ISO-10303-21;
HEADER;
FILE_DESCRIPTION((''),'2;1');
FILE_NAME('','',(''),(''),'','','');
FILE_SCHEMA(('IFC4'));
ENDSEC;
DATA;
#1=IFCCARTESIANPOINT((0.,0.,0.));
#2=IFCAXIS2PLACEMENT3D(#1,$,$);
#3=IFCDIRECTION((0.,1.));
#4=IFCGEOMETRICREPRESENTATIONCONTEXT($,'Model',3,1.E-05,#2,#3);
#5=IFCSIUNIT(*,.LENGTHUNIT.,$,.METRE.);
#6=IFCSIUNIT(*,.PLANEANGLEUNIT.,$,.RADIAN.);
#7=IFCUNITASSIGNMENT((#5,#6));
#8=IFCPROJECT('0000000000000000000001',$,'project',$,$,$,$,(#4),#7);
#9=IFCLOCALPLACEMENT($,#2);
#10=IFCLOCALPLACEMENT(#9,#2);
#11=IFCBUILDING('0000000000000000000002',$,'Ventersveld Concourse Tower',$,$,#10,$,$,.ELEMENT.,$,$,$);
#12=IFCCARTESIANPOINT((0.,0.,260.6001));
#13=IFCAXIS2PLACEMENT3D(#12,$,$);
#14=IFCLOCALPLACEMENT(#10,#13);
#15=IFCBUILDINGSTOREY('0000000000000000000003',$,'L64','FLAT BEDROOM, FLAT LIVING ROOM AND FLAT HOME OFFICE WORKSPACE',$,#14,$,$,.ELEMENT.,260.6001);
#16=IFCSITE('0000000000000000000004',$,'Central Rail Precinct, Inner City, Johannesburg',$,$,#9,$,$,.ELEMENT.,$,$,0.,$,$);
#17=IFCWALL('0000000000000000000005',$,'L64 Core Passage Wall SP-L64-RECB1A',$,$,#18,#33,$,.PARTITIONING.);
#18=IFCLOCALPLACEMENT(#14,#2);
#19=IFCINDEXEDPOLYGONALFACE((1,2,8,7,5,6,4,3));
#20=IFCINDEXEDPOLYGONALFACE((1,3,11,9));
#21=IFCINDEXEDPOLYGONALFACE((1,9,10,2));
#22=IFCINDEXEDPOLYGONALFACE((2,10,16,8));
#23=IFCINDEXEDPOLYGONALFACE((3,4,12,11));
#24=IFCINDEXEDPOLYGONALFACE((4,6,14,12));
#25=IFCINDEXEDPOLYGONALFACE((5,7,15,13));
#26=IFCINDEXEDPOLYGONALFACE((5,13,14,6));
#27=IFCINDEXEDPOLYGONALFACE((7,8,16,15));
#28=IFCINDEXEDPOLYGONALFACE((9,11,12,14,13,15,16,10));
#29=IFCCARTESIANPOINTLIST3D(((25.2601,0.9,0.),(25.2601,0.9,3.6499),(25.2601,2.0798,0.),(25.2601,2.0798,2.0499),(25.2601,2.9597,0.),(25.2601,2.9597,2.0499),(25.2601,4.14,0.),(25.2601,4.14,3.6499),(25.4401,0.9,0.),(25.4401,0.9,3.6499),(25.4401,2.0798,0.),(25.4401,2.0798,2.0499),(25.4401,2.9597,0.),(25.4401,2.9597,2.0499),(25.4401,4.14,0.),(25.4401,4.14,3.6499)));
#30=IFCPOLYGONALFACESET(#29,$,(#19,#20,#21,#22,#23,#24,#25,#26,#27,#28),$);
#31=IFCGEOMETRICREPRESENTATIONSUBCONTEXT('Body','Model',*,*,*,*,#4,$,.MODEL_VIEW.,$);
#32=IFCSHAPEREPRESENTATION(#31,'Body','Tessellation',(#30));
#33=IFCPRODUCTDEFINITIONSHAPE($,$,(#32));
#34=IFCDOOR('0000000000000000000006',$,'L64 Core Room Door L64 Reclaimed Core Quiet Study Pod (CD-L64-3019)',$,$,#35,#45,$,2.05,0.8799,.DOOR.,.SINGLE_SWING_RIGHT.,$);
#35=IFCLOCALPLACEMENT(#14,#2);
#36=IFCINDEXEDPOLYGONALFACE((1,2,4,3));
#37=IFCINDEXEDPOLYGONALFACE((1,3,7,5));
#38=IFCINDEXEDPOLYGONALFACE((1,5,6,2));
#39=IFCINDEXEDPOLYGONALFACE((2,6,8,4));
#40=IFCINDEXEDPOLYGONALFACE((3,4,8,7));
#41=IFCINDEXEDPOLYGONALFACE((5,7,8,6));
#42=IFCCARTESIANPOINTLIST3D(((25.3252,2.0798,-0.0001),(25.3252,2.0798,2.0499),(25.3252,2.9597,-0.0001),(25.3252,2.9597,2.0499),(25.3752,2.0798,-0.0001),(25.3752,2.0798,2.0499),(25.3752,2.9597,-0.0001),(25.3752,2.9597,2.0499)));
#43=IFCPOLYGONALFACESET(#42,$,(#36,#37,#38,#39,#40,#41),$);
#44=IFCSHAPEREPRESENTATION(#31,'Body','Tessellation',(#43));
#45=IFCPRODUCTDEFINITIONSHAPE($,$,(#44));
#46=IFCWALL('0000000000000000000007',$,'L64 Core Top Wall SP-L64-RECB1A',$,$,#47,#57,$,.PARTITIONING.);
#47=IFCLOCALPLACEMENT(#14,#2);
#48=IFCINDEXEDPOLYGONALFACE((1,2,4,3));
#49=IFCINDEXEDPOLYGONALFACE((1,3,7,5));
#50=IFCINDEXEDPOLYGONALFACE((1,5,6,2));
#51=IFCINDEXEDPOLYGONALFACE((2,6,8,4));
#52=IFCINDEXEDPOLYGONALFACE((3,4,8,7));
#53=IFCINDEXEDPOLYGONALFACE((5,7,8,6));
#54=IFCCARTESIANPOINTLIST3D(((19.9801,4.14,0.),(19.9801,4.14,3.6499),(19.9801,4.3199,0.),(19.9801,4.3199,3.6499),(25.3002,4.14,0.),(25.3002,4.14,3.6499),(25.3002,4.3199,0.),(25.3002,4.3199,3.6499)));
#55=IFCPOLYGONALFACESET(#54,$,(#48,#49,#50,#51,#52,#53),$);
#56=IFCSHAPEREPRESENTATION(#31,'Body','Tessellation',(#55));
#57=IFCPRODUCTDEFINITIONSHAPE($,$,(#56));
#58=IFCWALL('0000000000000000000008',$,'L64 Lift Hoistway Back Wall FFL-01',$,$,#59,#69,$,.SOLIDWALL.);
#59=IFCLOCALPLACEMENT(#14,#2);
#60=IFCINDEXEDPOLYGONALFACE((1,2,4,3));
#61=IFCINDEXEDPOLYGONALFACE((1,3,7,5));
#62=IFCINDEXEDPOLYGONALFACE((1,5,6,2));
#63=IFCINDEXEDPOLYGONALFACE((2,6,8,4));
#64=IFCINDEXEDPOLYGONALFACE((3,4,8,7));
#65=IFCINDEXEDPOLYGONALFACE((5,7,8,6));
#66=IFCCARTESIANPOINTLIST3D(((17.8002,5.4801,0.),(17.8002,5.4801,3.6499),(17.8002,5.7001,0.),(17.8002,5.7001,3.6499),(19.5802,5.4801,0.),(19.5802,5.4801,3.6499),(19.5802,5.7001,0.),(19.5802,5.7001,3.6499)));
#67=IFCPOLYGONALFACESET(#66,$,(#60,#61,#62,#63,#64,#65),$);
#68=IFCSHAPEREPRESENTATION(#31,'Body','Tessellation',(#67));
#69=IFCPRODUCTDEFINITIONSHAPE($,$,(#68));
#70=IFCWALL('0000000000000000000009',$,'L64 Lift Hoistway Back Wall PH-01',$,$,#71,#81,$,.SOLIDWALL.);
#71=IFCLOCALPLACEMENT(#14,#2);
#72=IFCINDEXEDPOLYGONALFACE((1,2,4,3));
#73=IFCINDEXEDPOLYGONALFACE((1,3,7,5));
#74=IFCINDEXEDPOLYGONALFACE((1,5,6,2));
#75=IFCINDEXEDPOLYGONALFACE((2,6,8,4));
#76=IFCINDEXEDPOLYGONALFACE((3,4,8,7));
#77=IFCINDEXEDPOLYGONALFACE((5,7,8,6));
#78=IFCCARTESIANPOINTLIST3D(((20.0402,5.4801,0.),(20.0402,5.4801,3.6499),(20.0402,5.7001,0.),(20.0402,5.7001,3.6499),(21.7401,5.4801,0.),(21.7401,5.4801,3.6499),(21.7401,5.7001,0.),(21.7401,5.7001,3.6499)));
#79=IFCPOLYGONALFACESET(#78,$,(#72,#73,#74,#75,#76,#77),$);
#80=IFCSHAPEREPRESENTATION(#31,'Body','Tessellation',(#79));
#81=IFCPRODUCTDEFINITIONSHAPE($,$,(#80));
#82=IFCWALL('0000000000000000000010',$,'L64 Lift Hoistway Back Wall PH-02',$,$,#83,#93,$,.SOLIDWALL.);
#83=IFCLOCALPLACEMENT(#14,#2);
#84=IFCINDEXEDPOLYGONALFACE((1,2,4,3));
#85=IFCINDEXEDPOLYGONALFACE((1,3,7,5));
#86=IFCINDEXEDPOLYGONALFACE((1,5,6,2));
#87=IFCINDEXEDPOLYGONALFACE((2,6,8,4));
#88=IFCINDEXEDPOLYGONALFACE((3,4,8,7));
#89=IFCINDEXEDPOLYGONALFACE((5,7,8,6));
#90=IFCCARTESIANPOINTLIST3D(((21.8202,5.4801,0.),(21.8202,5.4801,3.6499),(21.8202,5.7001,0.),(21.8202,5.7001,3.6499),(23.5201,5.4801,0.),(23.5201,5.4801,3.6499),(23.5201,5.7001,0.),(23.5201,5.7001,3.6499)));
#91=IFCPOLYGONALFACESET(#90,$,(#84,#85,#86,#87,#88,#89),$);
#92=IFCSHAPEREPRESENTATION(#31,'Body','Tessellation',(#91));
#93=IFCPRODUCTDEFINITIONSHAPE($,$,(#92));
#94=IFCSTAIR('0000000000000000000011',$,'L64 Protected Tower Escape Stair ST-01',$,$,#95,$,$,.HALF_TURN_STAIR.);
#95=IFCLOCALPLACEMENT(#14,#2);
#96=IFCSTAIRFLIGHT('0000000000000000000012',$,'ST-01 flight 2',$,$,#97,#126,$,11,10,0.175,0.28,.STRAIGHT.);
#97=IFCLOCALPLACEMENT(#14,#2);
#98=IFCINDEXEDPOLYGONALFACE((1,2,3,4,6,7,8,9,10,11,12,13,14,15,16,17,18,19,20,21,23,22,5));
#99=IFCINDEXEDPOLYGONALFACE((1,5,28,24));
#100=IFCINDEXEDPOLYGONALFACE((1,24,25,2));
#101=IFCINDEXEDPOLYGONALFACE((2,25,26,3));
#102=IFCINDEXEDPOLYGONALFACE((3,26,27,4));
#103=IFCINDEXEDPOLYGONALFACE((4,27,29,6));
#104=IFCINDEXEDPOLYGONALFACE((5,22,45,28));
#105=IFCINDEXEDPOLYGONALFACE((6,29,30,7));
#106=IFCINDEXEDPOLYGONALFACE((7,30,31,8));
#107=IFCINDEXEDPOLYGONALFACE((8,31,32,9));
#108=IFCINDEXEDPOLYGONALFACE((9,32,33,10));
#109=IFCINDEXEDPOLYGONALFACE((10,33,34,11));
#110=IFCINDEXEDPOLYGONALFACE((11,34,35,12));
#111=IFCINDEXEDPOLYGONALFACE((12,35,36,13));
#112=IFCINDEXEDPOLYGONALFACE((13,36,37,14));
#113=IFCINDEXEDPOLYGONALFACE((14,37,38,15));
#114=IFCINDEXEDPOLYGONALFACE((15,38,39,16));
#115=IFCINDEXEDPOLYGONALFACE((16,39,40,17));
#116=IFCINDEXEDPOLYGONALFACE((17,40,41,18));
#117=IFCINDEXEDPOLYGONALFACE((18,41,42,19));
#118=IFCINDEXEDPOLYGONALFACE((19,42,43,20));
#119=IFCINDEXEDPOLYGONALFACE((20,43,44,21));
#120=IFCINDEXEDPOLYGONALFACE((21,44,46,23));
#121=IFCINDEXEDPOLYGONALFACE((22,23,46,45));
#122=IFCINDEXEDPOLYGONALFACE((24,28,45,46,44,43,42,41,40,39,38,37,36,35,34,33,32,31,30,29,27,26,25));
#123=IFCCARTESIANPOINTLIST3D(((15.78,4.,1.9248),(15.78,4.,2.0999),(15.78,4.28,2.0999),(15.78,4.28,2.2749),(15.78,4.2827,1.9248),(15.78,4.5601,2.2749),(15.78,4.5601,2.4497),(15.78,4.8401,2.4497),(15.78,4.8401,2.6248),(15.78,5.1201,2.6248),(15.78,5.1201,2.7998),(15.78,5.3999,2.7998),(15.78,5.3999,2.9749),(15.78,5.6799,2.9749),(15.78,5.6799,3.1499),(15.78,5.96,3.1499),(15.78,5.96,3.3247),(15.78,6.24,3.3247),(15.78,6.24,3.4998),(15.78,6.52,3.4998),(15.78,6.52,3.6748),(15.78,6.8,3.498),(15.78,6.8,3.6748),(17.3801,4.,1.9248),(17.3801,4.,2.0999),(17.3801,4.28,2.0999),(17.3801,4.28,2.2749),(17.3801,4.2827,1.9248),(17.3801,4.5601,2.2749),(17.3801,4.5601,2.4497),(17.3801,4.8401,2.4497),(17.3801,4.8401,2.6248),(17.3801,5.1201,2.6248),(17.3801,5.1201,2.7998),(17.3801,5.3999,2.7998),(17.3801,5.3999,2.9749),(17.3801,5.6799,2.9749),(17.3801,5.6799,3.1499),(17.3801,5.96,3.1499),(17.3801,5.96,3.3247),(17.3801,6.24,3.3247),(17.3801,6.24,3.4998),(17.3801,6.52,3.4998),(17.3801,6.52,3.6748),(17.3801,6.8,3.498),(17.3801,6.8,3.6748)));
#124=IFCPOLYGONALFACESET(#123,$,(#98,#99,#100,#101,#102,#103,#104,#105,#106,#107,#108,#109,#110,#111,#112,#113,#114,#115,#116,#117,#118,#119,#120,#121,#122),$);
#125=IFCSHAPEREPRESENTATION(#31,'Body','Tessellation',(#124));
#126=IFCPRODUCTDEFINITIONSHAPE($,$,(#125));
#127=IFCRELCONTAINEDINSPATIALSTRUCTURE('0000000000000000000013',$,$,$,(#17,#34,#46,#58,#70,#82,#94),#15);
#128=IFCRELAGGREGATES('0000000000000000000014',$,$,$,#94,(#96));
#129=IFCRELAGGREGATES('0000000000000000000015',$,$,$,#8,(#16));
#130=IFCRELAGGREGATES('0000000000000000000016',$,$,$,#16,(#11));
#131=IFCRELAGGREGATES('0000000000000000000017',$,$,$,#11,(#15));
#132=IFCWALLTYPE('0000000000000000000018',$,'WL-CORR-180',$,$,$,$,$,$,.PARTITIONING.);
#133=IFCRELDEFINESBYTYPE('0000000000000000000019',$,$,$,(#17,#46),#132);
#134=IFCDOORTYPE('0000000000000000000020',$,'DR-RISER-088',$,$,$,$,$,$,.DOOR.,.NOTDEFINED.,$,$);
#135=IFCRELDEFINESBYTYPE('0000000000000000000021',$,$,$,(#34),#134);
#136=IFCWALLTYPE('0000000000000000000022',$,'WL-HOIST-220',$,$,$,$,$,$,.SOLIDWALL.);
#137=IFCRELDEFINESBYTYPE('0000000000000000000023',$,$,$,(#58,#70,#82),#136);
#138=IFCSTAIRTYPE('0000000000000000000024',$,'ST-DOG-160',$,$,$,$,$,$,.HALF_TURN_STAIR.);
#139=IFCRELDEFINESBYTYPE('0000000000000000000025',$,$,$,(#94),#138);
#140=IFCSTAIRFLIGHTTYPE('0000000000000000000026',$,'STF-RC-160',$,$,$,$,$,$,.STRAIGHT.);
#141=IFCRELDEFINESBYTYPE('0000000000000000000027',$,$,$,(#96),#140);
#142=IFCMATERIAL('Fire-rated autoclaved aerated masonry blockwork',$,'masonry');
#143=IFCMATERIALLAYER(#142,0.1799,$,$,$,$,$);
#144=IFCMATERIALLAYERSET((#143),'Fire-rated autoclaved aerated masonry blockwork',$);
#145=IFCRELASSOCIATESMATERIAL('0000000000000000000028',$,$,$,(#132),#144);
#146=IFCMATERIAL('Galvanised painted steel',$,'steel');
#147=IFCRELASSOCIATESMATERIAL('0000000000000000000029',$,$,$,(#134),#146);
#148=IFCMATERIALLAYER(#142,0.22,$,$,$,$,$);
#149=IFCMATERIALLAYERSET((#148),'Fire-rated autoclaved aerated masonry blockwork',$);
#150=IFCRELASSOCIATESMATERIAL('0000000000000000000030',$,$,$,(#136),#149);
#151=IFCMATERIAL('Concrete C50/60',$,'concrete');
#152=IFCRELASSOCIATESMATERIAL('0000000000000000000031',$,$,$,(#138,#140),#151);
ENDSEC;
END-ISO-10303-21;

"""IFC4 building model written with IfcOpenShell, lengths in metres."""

from ifc_helpers import new_model, si_unit, direction, frame, frame_2d, origin, place, context, subcontext, project, spatial, polyline, rectangle, outline, extrude, material, layer, layer_set, type_object, element, fill, aggregate, save


model = new_model("IFC4")

# Units and contexts
model_context = context("Model", 3, precision=1e-05, world=origin(), true_north=direction((0.0, 1.0)))
body_context = subcontext(model_context, "Body", "Model", "MODEL_VIEW")
ifc_project = project(units=[si_unit("LENGTHUNIT", "METRE"), si_unit("PLANEANGLEUNIT", "RADIAN")], contexts=[model_context])

# Site, building, storey
site_placement = place(None, origin())
site = spatial("IfcSite", under=ifc_project, at=site_placement, Name="Central Rail Precinct, Inner City, Johannesburg", CompositionType="ELEMENT", RefElevation=0.0)
building_placement = place(site_placement, origin())
building = spatial("IfcBuilding", under=site, at=building_placement, Name="Ventersveld Concourse Tower", CompositionType="ELEMENT")
storey_placement = place(building_placement, frame((0.0, 0.0, 260.6001)))
storey = spatial("IfcBuildingStorey", under=building, at=storey_placement, Name="L64", Description="FLAT BEDROOM, FLAT LIVING ROOM AND FLAT HOME OFFICE WORKSPACE", CompositionType="ELEMENT", Elevation=260.6001)

# Shared definitions
ifc_material_1 = material(Name="Concrete C50/60", Category="concrete")

# Wall, opening, door
ifc_material_2 = material(Name="Fire-rated autoclaved aerated masonry blockwork", Category="masonry")
ifc_layer_1 = layer(ifc_material_2, 0.1799)
ifc_layer_set_1 = layer_set([ifc_layer_1], Name="Fire-rated autoclaved aerated masonry blockwork")
wall_type_1 = type_object("IfcWallType", Name="WL-CORR-180", PredefinedType="PARTITIONING", material=ifc_layer_set_1)
wall_1_placement = place(storey_placement, frame((25.3501, 0.8999, 0.0), z_axis=(0.0, 0.0, 1.0), x_axis=(0.0, 1.0, 0.0)))
wall_1 = element("IfcWall", 1, at=wall_1_placement, inside=storey, type_object=wall_type_1, Name="L64 Core Passage Wall SP-L64-RECB1A", PredefinedType="PARTITIONING", context=body_context, shape_type="SweptSolid", body=[
    extrude(rectangle(XDim=3.24, YDim=0.1799, at=frame_2d((1.6201, 0.0))), origin(), (0.0, 0.0, 1.0), 3.6499),
])
opening_placement = place(wall_1_placement, frame((1.1799, 0.0, 0.0)))
opening = element("IfcOpeningElement", 2, at=opening_placement, cuts=wall_1, PredefinedType="OPENING", context=body_context, shape_type="SweptSolid", body=[
    extrude(rectangle(XDim=0.8799, YDim=2.05, at=frame_2d((0.4399, 1.0249))), frame((0.0, 0.1001, 0.0), z_axis=(0.0, -1.0, 0.0), x_axis=(1.0, 0.0, 0.0)), (0.0, 0.0, 1.0), 0.2),
])
ifc_material_3 = material(Name="Galvanised painted steel", Category="steel")
door_type = type_object("IfcDoorType", Name="DR-RISER-088", OperationType="NOTDEFINED", PredefinedType="DOOR", material=ifc_material_3)
door_placement = place(opening_placement, origin())
door = element("IfcDoor", 3, at=door_placement, inside=storey, type_object=door_type, Name="L64 Core Room Door L64 Reclaimed Core Quiet Study Pod (CD-L64-3019)", OperationType="SINGLE_SWING_RIGHT", OverallHeight=2.05, OverallWidth=0.8799, PredefinedType="DOOR", context=body_context, shape_type="SweptSolid", body=[
    extrude(rectangle(XDim=0.8799, YDim=2.05, at=frame_2d((0.4399, 1.0249))), frame((0.0, 0.0249, 0.0), z_axis=(0.0, -1.0, 0.0), x_axis=(1.0, 0.0, 0.0)), (0.0, 0.0, 1.0), 0.05),
])
fill(opening, door)

# Walls
wall_2_placement = place(storey_placement, frame((19.98, 4.23, 0.0), z_axis=(0.0, 0.0, 1.0), x_axis=(1.0, 0.0, 0.0)))
element("IfcWall", 4, at=wall_2_placement, inside=storey, type_object=wall_type_1, Name="L64 Core Top Wall SP-L64-RECB1A", PredefinedType="PARTITIONING", context=body_context, shape_type="SweptSolid", body=[
    extrude(rectangle(XDim=5.3201, YDim=0.1799, at=frame_2d((2.6602, 0.0))), origin(), (0.0, 0.0, 1.0), 3.6499),
])
ifc_layer_2 = layer(ifc_material_2, 0.22)
ifc_layer_set_2 = layer_set([ifc_layer_2], Name="Fire-rated autoclaved aerated masonry blockwork")
wall_type_2 = type_object("IfcWallType", Name="WL-HOIST-220", PredefinedType="SOLIDWALL", material=ifc_layer_set_2)
wall_3_placement = place(storey_placement, frame((17.8, 5.5901, 0.0), z_axis=(0.0, 0.0, 1.0), x_axis=(1.0, 0.0, 0.0)))
element("IfcWall", 5, at=wall_3_placement, inside=storey, type_object=wall_type_2, Name="L64 Lift Hoistway Back Wall FFL-01", PredefinedType="SOLIDWALL", context=body_context, shape_type="SweptSolid", body=[
    extrude(rectangle(XDim=1.78, YDim=0.22, at=frame_2d((0.8901, 0.0))), origin(), (0.0, 0.0, 1.0), 3.6499),
])
for number, where, z_axis, x_axis, name in (
    (6, (20.04, 5.5901, 0.0), (0.0, 0.0, 1.0), (1.0, 0.0, 0.0), "L64 Lift Hoistway Back Wall PH-01"),
    (7, (21.8201, 5.5901, 0.0), (0.0, 0.0, 1.0), (1.0, 0.0, 0.0), "L64 Lift Hoistway Back Wall PH-02"),
):
    element("IfcWall", number, at=place(storey_placement, frame(where, z_axis=z_axis, x_axis=x_axis)), inside=storey, type_object=wall_type_2, Name=name, PredefinedType="SOLIDWALL", context=body_context, shape_type="SweptSolid", body=[
        extrude(rectangle(XDim=1.7, YDim=0.22, at=frame_2d((0.8501, 0.0))), origin(), (0.0, 0.0, 1.0), 3.6499),
    ])

# Stair, stair flight
stair_type = type_object("IfcStairType", Name="ST-DOG-160", PredefinedType="HALF_TURN_STAIR", material=ifc_material_1)
stair_placement = place(storey_placement, origin())
stair = element("IfcStair", 8, at=stair_placement, inside=storey, type_object=stair_type, Name="L64 Protected Tower Escape Stair ST-01", PredefinedType="HALF_TURN_STAIR")
stair_flight_type = type_object("IfcStairFlightType", Name="STF-RC-160", PredefinedType="STRAIGHT", material=ifc_material_1)
stair_flight_placement = place(storey_placement, frame((16.5801, 4.0, 1.9248), z_axis=(0.0, 0.0, 1.0), x_axis=(0.0, 1.0, 0.0)))
stair_flight = element("IfcStairFlight", 9, at=stair_flight_placement, type_object=stair_flight_type, Name="ST-01 flight 2", NumberOfRisers=11, NumberOfTreads=10, PredefinedType="STRAIGHT", RiserHeight=0.175, TreadLength=0.28, context=body_context, shape_type="SweptSolid", body=[
    extrude(outline(polyline([(0.0, 0.0), (0.0, 0.175), (0.28, 0.175), (0.28, 0.3501), (0.5601, 0.3501), (0.5601, 0.5249), (0.8401, 0.5249), (0.8401, 0.7), (1.1201, 0.7), (1.1201, 0.875), (1.3999, 0.875), (1.3999, 1.05), (1.6799, 1.05), (1.6799, 1.2251), (1.96, 1.2251), (1.96, 1.3999), (2.24, 1.3999), (2.24, 1.575), (2.52, 1.575), (2.52, 1.75), (2.8, 1.75), (2.8, 1.925), (2.8, 1.5732), (0.2827, 0.0), (0.0, 0.0)])), frame((0.0, 0.8, 0.0), z_axis=(0.0, -1.0, 0.0), x_axis=(1.0, 0.0, 0.0)), (0.0, 0.0, 1.0), 1.6001),
])
aggregate(stair, [stair_flight])

save(model, "model.ifc")
